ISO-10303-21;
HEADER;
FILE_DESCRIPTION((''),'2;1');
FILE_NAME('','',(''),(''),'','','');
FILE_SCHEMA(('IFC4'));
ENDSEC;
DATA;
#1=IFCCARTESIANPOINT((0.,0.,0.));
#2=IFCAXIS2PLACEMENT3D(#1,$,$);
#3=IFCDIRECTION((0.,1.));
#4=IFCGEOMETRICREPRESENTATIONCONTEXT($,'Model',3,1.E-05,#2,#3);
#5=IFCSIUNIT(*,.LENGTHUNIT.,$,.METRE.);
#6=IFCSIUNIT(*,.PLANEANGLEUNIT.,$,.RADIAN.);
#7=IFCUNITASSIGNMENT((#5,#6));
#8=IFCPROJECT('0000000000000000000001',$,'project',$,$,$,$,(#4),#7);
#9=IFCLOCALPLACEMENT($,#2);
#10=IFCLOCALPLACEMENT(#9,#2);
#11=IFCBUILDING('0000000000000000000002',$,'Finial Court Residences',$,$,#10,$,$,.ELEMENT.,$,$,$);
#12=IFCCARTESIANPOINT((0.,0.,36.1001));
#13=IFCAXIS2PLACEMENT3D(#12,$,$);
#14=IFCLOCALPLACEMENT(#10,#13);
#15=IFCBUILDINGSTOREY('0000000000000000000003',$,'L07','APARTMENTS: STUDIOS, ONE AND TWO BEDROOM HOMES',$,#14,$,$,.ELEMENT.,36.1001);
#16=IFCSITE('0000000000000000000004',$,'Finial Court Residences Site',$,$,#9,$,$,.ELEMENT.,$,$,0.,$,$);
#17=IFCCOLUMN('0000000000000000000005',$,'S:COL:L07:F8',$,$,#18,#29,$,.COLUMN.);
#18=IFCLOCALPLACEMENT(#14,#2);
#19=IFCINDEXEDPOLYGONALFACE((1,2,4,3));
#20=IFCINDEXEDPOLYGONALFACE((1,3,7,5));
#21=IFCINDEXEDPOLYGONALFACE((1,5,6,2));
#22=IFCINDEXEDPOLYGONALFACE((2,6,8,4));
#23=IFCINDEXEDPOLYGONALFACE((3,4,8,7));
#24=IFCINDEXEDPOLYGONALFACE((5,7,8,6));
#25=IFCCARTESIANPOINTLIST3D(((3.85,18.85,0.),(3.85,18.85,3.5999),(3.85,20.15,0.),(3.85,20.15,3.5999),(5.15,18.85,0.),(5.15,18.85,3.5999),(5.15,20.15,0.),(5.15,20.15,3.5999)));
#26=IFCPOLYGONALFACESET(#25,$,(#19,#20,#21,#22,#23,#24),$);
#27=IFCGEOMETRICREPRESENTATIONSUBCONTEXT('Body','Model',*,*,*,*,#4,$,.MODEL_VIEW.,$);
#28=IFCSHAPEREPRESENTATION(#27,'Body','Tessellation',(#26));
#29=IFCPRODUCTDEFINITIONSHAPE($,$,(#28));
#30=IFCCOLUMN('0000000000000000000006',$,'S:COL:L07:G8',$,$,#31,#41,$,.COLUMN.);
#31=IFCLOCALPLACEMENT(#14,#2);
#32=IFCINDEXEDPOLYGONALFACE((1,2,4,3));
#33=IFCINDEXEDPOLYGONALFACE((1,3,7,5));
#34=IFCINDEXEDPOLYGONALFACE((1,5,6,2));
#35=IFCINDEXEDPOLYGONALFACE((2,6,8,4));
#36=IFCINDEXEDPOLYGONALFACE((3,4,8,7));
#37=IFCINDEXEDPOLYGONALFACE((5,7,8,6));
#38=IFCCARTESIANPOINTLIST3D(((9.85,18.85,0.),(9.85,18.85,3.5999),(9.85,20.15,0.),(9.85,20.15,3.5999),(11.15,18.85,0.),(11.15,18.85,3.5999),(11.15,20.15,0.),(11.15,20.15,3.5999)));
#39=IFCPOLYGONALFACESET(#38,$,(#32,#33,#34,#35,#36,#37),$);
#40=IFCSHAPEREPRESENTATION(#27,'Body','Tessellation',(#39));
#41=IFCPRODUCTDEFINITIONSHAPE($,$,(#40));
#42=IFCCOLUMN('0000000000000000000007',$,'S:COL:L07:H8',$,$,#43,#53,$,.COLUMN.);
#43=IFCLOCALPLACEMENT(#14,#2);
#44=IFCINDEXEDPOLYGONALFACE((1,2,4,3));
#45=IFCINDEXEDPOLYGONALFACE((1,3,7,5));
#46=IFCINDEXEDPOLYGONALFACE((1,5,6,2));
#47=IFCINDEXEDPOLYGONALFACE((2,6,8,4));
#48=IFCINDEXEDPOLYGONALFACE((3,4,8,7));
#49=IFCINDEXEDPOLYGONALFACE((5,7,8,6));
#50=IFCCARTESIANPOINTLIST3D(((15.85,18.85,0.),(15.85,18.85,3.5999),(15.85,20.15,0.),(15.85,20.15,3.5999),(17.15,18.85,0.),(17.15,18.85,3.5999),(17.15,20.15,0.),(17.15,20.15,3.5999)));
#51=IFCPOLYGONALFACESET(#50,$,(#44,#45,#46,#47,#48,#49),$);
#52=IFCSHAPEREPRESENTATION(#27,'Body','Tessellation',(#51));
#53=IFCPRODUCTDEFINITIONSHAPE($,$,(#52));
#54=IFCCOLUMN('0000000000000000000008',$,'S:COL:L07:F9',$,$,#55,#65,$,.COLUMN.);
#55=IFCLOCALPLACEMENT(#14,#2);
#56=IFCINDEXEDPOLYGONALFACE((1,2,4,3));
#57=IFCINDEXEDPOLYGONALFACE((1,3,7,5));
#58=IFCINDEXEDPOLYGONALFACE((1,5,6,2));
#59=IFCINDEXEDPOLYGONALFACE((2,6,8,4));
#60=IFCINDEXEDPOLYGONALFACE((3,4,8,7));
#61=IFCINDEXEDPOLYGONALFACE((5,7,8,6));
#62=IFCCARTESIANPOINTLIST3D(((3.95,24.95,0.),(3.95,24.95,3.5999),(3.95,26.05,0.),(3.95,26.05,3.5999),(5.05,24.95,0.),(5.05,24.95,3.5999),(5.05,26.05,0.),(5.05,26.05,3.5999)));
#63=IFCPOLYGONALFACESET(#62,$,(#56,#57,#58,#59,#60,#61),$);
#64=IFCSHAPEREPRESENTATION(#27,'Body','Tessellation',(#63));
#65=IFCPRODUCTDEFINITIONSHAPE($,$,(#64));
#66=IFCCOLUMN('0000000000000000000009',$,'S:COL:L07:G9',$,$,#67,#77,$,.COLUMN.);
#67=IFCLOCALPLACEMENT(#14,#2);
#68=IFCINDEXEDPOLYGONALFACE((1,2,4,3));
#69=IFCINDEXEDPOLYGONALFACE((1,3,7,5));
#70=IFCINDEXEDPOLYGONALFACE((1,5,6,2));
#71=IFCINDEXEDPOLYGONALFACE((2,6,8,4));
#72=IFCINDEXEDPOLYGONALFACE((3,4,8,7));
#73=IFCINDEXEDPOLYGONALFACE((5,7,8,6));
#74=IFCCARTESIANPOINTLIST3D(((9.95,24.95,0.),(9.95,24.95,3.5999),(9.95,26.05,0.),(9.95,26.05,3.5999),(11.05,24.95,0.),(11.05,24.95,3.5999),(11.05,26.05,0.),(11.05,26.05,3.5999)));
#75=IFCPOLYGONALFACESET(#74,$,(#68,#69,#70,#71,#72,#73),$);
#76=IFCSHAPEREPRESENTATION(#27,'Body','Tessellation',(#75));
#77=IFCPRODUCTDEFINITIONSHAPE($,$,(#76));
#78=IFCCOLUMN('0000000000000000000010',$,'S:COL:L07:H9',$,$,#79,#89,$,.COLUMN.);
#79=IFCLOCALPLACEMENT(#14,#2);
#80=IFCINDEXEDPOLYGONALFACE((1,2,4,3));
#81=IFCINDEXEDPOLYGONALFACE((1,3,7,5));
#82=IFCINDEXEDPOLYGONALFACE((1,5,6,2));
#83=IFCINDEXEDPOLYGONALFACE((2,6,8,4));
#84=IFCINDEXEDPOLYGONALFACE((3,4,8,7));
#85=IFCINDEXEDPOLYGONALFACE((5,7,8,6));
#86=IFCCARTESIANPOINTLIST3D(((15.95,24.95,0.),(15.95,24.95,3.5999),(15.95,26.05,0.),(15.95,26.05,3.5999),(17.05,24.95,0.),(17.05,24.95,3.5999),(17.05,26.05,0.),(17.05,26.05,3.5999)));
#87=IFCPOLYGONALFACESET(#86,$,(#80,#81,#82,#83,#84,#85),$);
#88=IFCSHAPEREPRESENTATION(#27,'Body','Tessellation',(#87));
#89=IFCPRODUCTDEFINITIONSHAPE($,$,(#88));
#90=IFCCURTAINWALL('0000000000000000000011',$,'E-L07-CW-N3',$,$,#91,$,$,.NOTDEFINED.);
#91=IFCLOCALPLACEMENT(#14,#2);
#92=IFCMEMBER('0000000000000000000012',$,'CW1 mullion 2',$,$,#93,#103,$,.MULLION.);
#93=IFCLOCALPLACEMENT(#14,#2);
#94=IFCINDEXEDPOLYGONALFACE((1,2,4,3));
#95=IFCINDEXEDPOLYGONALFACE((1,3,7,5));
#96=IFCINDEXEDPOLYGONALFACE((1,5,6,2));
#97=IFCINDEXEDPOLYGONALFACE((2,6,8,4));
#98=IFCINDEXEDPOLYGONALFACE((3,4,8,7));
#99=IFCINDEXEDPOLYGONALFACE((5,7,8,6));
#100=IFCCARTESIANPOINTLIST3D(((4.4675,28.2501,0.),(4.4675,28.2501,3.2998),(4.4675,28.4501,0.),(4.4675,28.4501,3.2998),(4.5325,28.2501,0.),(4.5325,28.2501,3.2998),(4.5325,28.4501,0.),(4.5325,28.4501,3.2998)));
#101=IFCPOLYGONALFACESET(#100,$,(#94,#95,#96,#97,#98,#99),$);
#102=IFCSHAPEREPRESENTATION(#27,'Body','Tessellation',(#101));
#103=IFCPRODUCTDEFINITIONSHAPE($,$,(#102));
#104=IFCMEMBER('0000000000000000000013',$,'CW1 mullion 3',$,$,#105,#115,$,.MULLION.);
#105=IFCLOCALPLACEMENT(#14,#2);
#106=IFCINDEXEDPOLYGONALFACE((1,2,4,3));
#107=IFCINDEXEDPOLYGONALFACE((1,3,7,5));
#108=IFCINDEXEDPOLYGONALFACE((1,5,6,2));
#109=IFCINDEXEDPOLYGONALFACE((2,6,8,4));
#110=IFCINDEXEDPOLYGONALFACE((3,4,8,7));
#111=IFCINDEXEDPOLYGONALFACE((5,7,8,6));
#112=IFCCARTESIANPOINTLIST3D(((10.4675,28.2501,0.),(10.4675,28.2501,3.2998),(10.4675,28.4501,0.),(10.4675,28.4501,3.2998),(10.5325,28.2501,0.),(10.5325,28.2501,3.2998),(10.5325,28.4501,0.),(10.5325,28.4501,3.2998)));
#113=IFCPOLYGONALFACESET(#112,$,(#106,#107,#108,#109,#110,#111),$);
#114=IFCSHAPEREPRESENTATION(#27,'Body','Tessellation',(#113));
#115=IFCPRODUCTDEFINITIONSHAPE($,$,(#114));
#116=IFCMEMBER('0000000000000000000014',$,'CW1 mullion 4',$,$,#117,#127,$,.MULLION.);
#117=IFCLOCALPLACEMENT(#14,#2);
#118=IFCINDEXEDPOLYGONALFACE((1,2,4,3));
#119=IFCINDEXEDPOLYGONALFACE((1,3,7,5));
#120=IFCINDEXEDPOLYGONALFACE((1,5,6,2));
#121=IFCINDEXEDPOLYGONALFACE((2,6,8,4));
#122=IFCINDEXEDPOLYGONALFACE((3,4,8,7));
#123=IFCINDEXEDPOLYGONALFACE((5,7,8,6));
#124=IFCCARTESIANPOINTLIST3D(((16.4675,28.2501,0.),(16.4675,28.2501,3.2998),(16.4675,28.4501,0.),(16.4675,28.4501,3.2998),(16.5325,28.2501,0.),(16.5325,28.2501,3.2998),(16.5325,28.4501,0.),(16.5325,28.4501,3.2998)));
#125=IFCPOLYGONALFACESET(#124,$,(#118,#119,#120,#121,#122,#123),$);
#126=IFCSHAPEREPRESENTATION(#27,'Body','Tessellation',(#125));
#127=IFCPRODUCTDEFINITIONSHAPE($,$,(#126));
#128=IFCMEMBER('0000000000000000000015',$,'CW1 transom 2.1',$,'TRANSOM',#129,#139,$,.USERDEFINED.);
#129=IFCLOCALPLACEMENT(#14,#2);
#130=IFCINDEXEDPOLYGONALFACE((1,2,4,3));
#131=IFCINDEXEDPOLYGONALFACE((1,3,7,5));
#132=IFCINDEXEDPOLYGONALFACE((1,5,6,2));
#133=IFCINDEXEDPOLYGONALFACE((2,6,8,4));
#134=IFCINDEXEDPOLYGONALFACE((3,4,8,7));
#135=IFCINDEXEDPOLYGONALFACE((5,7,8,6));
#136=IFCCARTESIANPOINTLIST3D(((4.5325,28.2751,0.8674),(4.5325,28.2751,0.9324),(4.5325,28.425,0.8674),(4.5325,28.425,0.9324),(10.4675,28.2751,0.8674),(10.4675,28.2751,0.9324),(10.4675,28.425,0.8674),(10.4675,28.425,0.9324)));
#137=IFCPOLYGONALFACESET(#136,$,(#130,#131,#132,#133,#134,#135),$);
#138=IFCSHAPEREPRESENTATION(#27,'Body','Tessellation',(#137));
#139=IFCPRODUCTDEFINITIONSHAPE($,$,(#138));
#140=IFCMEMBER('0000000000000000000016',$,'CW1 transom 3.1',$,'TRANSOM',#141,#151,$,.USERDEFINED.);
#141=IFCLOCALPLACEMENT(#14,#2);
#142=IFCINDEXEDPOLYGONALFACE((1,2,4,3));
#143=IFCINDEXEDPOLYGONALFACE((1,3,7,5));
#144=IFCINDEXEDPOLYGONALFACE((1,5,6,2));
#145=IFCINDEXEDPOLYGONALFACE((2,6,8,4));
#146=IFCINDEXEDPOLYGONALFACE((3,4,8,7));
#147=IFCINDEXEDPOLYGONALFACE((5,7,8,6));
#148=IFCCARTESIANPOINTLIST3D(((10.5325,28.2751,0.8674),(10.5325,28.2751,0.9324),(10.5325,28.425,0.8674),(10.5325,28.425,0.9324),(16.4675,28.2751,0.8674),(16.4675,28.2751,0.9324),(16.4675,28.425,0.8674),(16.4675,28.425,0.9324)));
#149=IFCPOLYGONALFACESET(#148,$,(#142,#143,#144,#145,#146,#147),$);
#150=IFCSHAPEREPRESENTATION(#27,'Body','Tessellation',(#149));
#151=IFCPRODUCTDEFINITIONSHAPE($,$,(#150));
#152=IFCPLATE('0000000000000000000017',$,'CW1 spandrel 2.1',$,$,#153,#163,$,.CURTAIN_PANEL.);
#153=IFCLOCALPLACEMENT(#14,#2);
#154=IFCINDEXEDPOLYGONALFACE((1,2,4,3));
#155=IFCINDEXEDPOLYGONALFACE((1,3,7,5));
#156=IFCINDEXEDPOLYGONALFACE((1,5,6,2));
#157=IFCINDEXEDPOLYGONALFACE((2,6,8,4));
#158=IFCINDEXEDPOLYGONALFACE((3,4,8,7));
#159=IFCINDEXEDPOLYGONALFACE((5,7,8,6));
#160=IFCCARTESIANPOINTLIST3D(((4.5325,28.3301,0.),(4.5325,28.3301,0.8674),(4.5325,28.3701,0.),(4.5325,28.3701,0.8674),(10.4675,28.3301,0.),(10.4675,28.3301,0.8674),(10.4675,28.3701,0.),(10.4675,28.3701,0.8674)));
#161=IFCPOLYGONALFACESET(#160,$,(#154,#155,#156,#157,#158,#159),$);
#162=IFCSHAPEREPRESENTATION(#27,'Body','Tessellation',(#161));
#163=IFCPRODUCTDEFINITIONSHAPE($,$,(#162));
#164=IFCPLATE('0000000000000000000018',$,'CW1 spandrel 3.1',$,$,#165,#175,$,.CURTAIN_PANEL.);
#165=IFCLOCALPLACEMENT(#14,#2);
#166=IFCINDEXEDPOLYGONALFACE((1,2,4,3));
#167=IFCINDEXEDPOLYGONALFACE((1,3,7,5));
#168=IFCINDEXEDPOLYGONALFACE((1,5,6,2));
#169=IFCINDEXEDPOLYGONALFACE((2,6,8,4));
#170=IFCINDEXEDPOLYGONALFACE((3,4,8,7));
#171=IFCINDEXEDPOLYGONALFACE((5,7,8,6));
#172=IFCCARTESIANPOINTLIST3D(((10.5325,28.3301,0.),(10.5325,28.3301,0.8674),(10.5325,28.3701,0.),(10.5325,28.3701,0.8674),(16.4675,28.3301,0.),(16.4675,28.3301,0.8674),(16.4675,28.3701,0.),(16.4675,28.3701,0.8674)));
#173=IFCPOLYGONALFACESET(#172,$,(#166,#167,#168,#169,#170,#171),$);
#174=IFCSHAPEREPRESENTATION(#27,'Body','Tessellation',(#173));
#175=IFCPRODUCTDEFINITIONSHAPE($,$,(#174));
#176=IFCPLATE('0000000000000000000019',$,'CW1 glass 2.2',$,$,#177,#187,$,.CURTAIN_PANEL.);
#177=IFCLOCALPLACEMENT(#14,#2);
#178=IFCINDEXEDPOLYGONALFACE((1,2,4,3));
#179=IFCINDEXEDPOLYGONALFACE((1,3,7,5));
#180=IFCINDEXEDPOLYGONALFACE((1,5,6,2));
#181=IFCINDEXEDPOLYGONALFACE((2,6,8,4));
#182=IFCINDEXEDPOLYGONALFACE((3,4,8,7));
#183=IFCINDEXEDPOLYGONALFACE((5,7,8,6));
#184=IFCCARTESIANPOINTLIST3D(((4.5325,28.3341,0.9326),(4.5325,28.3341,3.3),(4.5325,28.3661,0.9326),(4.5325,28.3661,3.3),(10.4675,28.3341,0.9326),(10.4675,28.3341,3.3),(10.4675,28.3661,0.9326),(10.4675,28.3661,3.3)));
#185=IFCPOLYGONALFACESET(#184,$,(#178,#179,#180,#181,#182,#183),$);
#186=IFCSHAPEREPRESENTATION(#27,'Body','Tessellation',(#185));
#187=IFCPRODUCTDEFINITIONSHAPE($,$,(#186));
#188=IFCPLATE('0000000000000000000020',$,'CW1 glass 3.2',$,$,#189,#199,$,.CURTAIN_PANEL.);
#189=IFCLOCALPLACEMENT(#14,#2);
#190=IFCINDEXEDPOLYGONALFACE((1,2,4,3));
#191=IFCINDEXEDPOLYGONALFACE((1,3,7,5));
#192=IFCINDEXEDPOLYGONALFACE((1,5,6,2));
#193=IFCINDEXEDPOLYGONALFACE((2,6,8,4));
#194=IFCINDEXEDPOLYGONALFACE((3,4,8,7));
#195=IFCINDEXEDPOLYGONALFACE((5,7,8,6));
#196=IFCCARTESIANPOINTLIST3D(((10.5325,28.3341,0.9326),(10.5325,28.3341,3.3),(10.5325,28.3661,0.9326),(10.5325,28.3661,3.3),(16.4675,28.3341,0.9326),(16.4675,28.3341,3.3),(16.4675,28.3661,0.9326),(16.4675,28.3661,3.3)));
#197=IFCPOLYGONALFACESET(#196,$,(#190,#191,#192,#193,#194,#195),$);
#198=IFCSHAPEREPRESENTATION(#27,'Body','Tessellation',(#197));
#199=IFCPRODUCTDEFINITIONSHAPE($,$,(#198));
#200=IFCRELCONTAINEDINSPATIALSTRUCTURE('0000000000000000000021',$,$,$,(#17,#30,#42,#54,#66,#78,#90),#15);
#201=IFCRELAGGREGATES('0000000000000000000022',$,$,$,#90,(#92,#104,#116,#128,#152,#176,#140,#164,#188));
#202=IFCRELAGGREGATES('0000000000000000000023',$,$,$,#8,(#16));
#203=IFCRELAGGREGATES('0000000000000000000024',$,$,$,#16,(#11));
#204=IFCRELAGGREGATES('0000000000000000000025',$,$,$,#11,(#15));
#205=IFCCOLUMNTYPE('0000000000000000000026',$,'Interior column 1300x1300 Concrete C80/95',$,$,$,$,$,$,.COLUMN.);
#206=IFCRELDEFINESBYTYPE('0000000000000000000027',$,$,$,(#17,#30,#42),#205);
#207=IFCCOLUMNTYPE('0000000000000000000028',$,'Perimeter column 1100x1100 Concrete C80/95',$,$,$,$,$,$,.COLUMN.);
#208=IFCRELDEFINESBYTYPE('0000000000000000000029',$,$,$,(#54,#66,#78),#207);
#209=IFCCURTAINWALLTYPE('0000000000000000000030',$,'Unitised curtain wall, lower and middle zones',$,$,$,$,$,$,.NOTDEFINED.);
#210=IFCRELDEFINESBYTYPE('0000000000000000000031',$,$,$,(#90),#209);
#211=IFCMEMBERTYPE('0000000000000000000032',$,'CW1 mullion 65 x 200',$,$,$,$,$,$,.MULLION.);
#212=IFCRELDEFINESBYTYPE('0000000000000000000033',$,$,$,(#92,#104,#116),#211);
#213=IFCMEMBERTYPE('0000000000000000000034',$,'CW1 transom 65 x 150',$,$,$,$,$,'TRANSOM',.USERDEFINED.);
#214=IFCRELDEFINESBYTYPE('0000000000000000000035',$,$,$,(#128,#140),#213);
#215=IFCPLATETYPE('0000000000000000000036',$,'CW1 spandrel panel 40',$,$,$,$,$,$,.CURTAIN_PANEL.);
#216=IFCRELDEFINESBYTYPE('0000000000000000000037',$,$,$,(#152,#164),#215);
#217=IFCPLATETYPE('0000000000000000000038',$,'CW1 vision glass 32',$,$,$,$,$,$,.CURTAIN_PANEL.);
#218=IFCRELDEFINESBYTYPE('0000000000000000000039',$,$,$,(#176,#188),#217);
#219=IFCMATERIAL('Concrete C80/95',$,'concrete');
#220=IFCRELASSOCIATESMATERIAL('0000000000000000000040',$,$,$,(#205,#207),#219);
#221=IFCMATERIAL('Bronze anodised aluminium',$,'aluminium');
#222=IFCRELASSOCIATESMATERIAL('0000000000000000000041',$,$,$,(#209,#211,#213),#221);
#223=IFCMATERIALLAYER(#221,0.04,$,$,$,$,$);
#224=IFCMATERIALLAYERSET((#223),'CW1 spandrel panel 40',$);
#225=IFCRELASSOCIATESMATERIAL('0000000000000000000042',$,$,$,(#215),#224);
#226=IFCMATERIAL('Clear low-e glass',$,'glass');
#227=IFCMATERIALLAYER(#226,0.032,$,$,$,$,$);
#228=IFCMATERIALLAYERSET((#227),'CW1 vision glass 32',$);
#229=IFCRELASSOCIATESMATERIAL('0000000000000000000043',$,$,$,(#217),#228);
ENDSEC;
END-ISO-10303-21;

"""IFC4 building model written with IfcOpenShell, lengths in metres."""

from ifc_helpers import new_model, si_unit, direction, frame, origin, origin_2d, place, context, subcontext, project, spatial, rectangle, extrude, material, layer, layer_set, material_profile, profile_set, type_object, element, aggregate, save


model = new_model("IFC4")

# Units and contexts
model_context = context("Model", 3, precision=1e-05, world=origin(), true_north=direction((0.0, 1.0)))
body_context = subcontext(model_context, "Body", "Model", "MODEL_VIEW")
ifc_project = project(units=[si_unit("LENGTHUNIT", "METRE"), si_unit("PLANEANGLEUNIT", "RADIAN")], contexts=[model_context])

# Site, building, storey
site_placement = place(None, origin())
site = spatial("IfcSite", under=ifc_project, at=site_placement, Name="Finial Court Residences Site", CompositionType="ELEMENT", RefElevation=0.0)
building_placement = place(site_placement, origin())
building = spatial("IfcBuilding", under=site, at=building_placement, Name="Finial Court Residences", CompositionType="ELEMENT")
storey_placement = place(building_placement, frame((0.0, 0.0, 36.1001)))
storey = spatial("IfcBuildingStorey", under=building, at=storey_placement, Name="L07", Description="APARTMENTS: STUDIOS, ONE AND TWO BEDROOM HOMES", CompositionType="ELEMENT", Elevation=36.1001)

# Columns
ifc_material_1 = material(Name="Concrete C80/95", Category="concrete")
ifc_material_profile_1 = material_profile(ifc_material_1, rectangle(XDim=1.3, YDim=1.3, at=origin_2d()), Name="1300x1300")
ifc_profile_set_1 = profile_set([ifc_material_profile_1], Name="Concrete C80/95")
column_type_1 = type_object("IfcColumnType", Name="Interior column 1300x1300 Concrete C80/95", PredefinedType="COLUMN", material=ifc_profile_set_1)
for number, where, z_axis, x_axis, name in (
    (1, (4.5, 19.5, 0.0), (0.0, 0.0, 1.0), (1.0, 0.0, 0.0), "S:COL:L07:F8"),
    (2, (10.5, 19.5, 0.0), (0.0, 0.0, 1.0), (1.0, 0.0, 0.0), "S:COL:L07:G8"),
    (3, (16.5, 19.5, 0.0), (0.0, 0.0, 1.0), (1.0, 0.0, 0.0), "S:COL:L07:H8"),
):
    element("IfcColumn", number, at=place(storey_placement, frame(where, z_axis=z_axis, x_axis=x_axis)), inside=storey, type_object=column_type_1, Name=name, PredefinedType="COLUMN", context=body_context, shape_type="SweptSolid", body=[
        extrude(rectangle(XDim=1.3, YDim=1.3, at=origin_2d()), origin(), (0.0, 0.0, 1.0), 3.5999),
    ])
ifc_material_profile_2 = material_profile(ifc_material_1, rectangle(XDim=1.1001, YDim=1.1001, at=origin_2d()), Name="1100x1100")
ifc_profile_set_2 = profile_set([ifc_material_profile_2], Name="Concrete C80/95")
column_type_2 = type_object("IfcColumnType", Name="Perimeter column 1100x1100 Concrete C80/95", PredefinedType="COLUMN", material=ifc_profile_set_2)
for number, where, z_axis, x_axis, name in (
    (4, (4.5, 25.5, 0.0), (0.0, 0.0, 1.0), (1.0, 0.0, 0.0), "S:COL:L07:F9"),
    (5, (10.5, 25.5, 0.0), (0.0, 0.0, 1.0), (1.0, 0.0, 0.0), "S:COL:L07:G9"),
    (6, (16.5, 25.5, 0.0), (0.0, 0.0, 1.0), (1.0, 0.0, 0.0), "S:COL:L07:H9"),
):
    element("IfcColumn", number, at=place(storey_placement, frame(where, z_axis=z_axis, x_axis=x_axis)), inside=storey, type_object=column_type_2, Name=name, PredefinedType="COLUMN", context=body_context, shape_type="SweptSolid", body=[
        extrude(rectangle(XDim=1.1001, YDim=1.1001, at=origin_2d()), origin(), (0.0, 0.0, 1.0), 3.5999),
    ])

# Curtain wall, members, plates
ifc_material_2 = material(Name="Bronze anodised aluminium", Category="aluminium")
curtain_wall_type = type_object("IfcCurtainWallType", Name="Unitised curtain wall, lower and middle zones", PredefinedType="NOTDEFINED", material=ifc_material_2)
curtain_wall_placement = place(storey_placement, origin())
curtain_wall = element("IfcCurtainWall", 7, at=curtain_wall_placement, inside=storey, type_object=curtain_wall_type, Name="E-L07-CW-N3", PredefinedType="NOTDEFINED")
ifc_material_profile_3 = material_profile(ifc_material_2, rectangle(XDim=0.2, YDim=0.0649, at=origin_2d()), Name="CW1 mullion 65 x 200")
ifc_profile_set_3 = profile_set([ifc_material_profile_3], Name="Bronze anodised aluminium")
member_type_1 = type_object("IfcMemberType", Name="CW1 mullion 65 x 200", PredefinedType="MULLION", material=ifc_profile_set_3)
member_1_placement = place(storey_placement, frame((4.5, 28.3501, 0.0), z_axis=(0.0, 0.0, 1.0), x_axis=(0.0, 1.0, 0.0)))
member_1 = element("IfcMember", 8, at=member_1_placement, type_object=member_type_1, Name="CW1 mullion 2", PredefinedType="MULLION", context=body_context, shape_type="SweptSolid", body=[
    extrude(rectangle(XDim=0.2, YDim=0.0649, at=origin_2d()), origin(), (0.0, 0.0, 1.0), 3.2998),
])
member_2_placement = place(storey_placement, frame((10.5, 28.3501, 0.0), z_axis=(0.0, 0.0, 1.0), x_axis=(0.0, 1.0, 0.0)))
member_2 = element("IfcMember", 9, at=member_2_placement, type_object=member_type_1, Name="CW1 mullion 3", PredefinedType="MULLION", context=body_context, shape_type="SweptSolid", body=[
    extrude(rectangle(XDim=0.2, YDim=0.0649, at=origin_2d()), origin(), (0.0, 0.0, 1.0), 3.2998),
])
member_3_placement = place(storey_placement, frame((16.5, 28.3501, 0.0), z_axis=(0.0, 0.0, 1.0), x_axis=(0.0, 1.0, 0.0)))
member_3 = element("IfcMember", 10, at=member_3_placement, type_object=member_type_1, Name="CW1 mullion 4", PredefinedType="MULLION", context=body_context, shape_type="SweptSolid", body=[
    extrude(rectangle(XDim=0.2, YDim=0.0649, at=origin_2d()), origin(), (0.0, 0.0, 1.0), 3.2998),
])
ifc_material_profile_4 = material_profile(ifc_material_2, rectangle(XDim=0.1499, YDim=0.0649, at=origin_2d()), Name="CW1 transom 65 x 150")
ifc_profile_set_4 = profile_set([ifc_material_profile_4], Name="Bronze anodised aluminium")
member_type_2 = type_object("IfcMemberType", Name="CW1 transom 65 x 150", ElementType="TRANSOM", PredefinedType="USERDEFINED", material=ifc_profile_set_4)
member_4_placement = place(storey_placement, frame((4.5325, 28.3501, 0.8999), z_axis=(1.0, 0.0, 0.0), x_axis=(0.0, 1.0, 0.0)))
member_4 = element("IfcMember", 11, at=member_4_placement, type_object=member_type_2, Name="CW1 transom 2.1", ObjectType="TRANSOM", PredefinedType="USERDEFINED", context=body_context, shape_type="SweptSolid", body=[
    extrude(rectangle(XDim=0.1499, YDim=0.0649, at=origin_2d()), origin(), (0.0, 0.0, 1.0), 5.9351),
])
member_5_placement = place(storey_placement, frame((10.5325, 28.3501, 0.8999), z_axis=(1.0, 0.0, 0.0), x_axis=(0.0, 1.0, 0.0)))
member_5 = element("IfcMember", 12, at=member_5_placement, type_object=member_type_2, Name="CW1 transom 3.1", ObjectType="TRANSOM", PredefinedType="USERDEFINED", context=body_context, shape_type="SweptSolid", body=[
    extrude(rectangle(XDim=0.1499, YDim=0.0649, at=origin_2d()), origin(), (0.0, 0.0, 1.0), 5.9351),
])
ifc_layer_1 = layer(ifc_material_2, 0.04)
ifc_layer_set_1 = layer_set([ifc_layer_1], Name="CW1 spandrel panel 40")
plate_type_1 = type_object("IfcPlateType", Name="CW1 spandrel panel 40", PredefinedType="CURTAIN_PANEL", material=ifc_layer_set_1)
plate_1_placement = place(storey_placement, frame((7.5, 28.3501, 0.0), z_axis=(0.0, 0.0, 1.0), x_axis=(1.0, 0.0, 0.0)))
plate_1 = element("IfcPlate", 13, at=plate_1_placement, type_object=plate_type_1, Name="CW1 spandrel 2.1", PredefinedType="CURTAIN_PANEL", context=body_context, shape_type="SweptSolid", body=[
    extrude(rectangle(XDim=5.9351, YDim=0.04, at=origin_2d()), origin(), (0.0, 0.0, 1.0), 0.8674),
])
plate_2_placement = place(storey_placement, frame((13.5, 28.3501, 0.0), z_axis=(0.0, 0.0, 1.0), x_axis=(1.0, 0.0, 0.0)))
plate_2 = element("IfcPlate", 14, at=plate_2_placement, type_object=plate_type_1, Name="CW1 spandrel 3.1", PredefinedType="CURTAIN_PANEL", context=body_context, shape_type="SweptSolid", body=[
    extrude(rectangle(XDim=5.9351, YDim=0.04, at=origin_2d()), origin(), (0.0, 0.0, 1.0), 0.8674),
])
ifc_material_3 = material(Name="Clear low-e glass", Category="glass")
ifc_layer_2 = layer(ifc_material_3, 0.032)
ifc_layer_set_2 = layer_set([ifc_layer_2], Name="CW1 vision glass 32")
plate_type_2 = type_object("IfcPlateType", Name="CW1 vision glass 32", PredefinedType="CURTAIN_PANEL", material=ifc_layer_set_2)
plate_3_placement = place(storey_placement, frame((7.5, 28.3501, 0.9326), z_axis=(0.0, 0.0, 1.0), x_axis=(1.0, 0.0, 0.0)))
plate_3 = element("IfcPlate", 15, at=plate_3_placement, type_object=plate_type_2, Name="CW1 glass 2.2", PredefinedType="CURTAIN_PANEL", context=body_context, shape_type="SweptSolid", body=[
    extrude(rectangle(XDim=5.9351, YDim=0.032, at=origin_2d()), origin(), (0.0, 0.0, 1.0), 2.3674),
])
plate_4_placement = place(storey_placement, frame((13.5, 28.3501, 0.9326), z_axis=(0.0, 0.0, 1.0), x_axis=(1.0, 0.0, 0.0)))
plate_4 = element("IfcPlate", 16, at=plate_4_placement, type_object=plate_type_2, Name="CW1 glass 3.2", PredefinedType="CURTAIN_PANEL", context=body_context, shape_type="SweptSolid", body=[
    extrude(rectangle(XDim=5.9351, YDim=0.032, at=origin_2d()), origin(), (0.0, 0.0, 1.0), 2.3674),
])
aggregate(curtain_wall, [member_1, member_2, member_3, member_4, plate_1, plate_3, member_5, plate_2, plate_4])

save(model, "model.ifc")
